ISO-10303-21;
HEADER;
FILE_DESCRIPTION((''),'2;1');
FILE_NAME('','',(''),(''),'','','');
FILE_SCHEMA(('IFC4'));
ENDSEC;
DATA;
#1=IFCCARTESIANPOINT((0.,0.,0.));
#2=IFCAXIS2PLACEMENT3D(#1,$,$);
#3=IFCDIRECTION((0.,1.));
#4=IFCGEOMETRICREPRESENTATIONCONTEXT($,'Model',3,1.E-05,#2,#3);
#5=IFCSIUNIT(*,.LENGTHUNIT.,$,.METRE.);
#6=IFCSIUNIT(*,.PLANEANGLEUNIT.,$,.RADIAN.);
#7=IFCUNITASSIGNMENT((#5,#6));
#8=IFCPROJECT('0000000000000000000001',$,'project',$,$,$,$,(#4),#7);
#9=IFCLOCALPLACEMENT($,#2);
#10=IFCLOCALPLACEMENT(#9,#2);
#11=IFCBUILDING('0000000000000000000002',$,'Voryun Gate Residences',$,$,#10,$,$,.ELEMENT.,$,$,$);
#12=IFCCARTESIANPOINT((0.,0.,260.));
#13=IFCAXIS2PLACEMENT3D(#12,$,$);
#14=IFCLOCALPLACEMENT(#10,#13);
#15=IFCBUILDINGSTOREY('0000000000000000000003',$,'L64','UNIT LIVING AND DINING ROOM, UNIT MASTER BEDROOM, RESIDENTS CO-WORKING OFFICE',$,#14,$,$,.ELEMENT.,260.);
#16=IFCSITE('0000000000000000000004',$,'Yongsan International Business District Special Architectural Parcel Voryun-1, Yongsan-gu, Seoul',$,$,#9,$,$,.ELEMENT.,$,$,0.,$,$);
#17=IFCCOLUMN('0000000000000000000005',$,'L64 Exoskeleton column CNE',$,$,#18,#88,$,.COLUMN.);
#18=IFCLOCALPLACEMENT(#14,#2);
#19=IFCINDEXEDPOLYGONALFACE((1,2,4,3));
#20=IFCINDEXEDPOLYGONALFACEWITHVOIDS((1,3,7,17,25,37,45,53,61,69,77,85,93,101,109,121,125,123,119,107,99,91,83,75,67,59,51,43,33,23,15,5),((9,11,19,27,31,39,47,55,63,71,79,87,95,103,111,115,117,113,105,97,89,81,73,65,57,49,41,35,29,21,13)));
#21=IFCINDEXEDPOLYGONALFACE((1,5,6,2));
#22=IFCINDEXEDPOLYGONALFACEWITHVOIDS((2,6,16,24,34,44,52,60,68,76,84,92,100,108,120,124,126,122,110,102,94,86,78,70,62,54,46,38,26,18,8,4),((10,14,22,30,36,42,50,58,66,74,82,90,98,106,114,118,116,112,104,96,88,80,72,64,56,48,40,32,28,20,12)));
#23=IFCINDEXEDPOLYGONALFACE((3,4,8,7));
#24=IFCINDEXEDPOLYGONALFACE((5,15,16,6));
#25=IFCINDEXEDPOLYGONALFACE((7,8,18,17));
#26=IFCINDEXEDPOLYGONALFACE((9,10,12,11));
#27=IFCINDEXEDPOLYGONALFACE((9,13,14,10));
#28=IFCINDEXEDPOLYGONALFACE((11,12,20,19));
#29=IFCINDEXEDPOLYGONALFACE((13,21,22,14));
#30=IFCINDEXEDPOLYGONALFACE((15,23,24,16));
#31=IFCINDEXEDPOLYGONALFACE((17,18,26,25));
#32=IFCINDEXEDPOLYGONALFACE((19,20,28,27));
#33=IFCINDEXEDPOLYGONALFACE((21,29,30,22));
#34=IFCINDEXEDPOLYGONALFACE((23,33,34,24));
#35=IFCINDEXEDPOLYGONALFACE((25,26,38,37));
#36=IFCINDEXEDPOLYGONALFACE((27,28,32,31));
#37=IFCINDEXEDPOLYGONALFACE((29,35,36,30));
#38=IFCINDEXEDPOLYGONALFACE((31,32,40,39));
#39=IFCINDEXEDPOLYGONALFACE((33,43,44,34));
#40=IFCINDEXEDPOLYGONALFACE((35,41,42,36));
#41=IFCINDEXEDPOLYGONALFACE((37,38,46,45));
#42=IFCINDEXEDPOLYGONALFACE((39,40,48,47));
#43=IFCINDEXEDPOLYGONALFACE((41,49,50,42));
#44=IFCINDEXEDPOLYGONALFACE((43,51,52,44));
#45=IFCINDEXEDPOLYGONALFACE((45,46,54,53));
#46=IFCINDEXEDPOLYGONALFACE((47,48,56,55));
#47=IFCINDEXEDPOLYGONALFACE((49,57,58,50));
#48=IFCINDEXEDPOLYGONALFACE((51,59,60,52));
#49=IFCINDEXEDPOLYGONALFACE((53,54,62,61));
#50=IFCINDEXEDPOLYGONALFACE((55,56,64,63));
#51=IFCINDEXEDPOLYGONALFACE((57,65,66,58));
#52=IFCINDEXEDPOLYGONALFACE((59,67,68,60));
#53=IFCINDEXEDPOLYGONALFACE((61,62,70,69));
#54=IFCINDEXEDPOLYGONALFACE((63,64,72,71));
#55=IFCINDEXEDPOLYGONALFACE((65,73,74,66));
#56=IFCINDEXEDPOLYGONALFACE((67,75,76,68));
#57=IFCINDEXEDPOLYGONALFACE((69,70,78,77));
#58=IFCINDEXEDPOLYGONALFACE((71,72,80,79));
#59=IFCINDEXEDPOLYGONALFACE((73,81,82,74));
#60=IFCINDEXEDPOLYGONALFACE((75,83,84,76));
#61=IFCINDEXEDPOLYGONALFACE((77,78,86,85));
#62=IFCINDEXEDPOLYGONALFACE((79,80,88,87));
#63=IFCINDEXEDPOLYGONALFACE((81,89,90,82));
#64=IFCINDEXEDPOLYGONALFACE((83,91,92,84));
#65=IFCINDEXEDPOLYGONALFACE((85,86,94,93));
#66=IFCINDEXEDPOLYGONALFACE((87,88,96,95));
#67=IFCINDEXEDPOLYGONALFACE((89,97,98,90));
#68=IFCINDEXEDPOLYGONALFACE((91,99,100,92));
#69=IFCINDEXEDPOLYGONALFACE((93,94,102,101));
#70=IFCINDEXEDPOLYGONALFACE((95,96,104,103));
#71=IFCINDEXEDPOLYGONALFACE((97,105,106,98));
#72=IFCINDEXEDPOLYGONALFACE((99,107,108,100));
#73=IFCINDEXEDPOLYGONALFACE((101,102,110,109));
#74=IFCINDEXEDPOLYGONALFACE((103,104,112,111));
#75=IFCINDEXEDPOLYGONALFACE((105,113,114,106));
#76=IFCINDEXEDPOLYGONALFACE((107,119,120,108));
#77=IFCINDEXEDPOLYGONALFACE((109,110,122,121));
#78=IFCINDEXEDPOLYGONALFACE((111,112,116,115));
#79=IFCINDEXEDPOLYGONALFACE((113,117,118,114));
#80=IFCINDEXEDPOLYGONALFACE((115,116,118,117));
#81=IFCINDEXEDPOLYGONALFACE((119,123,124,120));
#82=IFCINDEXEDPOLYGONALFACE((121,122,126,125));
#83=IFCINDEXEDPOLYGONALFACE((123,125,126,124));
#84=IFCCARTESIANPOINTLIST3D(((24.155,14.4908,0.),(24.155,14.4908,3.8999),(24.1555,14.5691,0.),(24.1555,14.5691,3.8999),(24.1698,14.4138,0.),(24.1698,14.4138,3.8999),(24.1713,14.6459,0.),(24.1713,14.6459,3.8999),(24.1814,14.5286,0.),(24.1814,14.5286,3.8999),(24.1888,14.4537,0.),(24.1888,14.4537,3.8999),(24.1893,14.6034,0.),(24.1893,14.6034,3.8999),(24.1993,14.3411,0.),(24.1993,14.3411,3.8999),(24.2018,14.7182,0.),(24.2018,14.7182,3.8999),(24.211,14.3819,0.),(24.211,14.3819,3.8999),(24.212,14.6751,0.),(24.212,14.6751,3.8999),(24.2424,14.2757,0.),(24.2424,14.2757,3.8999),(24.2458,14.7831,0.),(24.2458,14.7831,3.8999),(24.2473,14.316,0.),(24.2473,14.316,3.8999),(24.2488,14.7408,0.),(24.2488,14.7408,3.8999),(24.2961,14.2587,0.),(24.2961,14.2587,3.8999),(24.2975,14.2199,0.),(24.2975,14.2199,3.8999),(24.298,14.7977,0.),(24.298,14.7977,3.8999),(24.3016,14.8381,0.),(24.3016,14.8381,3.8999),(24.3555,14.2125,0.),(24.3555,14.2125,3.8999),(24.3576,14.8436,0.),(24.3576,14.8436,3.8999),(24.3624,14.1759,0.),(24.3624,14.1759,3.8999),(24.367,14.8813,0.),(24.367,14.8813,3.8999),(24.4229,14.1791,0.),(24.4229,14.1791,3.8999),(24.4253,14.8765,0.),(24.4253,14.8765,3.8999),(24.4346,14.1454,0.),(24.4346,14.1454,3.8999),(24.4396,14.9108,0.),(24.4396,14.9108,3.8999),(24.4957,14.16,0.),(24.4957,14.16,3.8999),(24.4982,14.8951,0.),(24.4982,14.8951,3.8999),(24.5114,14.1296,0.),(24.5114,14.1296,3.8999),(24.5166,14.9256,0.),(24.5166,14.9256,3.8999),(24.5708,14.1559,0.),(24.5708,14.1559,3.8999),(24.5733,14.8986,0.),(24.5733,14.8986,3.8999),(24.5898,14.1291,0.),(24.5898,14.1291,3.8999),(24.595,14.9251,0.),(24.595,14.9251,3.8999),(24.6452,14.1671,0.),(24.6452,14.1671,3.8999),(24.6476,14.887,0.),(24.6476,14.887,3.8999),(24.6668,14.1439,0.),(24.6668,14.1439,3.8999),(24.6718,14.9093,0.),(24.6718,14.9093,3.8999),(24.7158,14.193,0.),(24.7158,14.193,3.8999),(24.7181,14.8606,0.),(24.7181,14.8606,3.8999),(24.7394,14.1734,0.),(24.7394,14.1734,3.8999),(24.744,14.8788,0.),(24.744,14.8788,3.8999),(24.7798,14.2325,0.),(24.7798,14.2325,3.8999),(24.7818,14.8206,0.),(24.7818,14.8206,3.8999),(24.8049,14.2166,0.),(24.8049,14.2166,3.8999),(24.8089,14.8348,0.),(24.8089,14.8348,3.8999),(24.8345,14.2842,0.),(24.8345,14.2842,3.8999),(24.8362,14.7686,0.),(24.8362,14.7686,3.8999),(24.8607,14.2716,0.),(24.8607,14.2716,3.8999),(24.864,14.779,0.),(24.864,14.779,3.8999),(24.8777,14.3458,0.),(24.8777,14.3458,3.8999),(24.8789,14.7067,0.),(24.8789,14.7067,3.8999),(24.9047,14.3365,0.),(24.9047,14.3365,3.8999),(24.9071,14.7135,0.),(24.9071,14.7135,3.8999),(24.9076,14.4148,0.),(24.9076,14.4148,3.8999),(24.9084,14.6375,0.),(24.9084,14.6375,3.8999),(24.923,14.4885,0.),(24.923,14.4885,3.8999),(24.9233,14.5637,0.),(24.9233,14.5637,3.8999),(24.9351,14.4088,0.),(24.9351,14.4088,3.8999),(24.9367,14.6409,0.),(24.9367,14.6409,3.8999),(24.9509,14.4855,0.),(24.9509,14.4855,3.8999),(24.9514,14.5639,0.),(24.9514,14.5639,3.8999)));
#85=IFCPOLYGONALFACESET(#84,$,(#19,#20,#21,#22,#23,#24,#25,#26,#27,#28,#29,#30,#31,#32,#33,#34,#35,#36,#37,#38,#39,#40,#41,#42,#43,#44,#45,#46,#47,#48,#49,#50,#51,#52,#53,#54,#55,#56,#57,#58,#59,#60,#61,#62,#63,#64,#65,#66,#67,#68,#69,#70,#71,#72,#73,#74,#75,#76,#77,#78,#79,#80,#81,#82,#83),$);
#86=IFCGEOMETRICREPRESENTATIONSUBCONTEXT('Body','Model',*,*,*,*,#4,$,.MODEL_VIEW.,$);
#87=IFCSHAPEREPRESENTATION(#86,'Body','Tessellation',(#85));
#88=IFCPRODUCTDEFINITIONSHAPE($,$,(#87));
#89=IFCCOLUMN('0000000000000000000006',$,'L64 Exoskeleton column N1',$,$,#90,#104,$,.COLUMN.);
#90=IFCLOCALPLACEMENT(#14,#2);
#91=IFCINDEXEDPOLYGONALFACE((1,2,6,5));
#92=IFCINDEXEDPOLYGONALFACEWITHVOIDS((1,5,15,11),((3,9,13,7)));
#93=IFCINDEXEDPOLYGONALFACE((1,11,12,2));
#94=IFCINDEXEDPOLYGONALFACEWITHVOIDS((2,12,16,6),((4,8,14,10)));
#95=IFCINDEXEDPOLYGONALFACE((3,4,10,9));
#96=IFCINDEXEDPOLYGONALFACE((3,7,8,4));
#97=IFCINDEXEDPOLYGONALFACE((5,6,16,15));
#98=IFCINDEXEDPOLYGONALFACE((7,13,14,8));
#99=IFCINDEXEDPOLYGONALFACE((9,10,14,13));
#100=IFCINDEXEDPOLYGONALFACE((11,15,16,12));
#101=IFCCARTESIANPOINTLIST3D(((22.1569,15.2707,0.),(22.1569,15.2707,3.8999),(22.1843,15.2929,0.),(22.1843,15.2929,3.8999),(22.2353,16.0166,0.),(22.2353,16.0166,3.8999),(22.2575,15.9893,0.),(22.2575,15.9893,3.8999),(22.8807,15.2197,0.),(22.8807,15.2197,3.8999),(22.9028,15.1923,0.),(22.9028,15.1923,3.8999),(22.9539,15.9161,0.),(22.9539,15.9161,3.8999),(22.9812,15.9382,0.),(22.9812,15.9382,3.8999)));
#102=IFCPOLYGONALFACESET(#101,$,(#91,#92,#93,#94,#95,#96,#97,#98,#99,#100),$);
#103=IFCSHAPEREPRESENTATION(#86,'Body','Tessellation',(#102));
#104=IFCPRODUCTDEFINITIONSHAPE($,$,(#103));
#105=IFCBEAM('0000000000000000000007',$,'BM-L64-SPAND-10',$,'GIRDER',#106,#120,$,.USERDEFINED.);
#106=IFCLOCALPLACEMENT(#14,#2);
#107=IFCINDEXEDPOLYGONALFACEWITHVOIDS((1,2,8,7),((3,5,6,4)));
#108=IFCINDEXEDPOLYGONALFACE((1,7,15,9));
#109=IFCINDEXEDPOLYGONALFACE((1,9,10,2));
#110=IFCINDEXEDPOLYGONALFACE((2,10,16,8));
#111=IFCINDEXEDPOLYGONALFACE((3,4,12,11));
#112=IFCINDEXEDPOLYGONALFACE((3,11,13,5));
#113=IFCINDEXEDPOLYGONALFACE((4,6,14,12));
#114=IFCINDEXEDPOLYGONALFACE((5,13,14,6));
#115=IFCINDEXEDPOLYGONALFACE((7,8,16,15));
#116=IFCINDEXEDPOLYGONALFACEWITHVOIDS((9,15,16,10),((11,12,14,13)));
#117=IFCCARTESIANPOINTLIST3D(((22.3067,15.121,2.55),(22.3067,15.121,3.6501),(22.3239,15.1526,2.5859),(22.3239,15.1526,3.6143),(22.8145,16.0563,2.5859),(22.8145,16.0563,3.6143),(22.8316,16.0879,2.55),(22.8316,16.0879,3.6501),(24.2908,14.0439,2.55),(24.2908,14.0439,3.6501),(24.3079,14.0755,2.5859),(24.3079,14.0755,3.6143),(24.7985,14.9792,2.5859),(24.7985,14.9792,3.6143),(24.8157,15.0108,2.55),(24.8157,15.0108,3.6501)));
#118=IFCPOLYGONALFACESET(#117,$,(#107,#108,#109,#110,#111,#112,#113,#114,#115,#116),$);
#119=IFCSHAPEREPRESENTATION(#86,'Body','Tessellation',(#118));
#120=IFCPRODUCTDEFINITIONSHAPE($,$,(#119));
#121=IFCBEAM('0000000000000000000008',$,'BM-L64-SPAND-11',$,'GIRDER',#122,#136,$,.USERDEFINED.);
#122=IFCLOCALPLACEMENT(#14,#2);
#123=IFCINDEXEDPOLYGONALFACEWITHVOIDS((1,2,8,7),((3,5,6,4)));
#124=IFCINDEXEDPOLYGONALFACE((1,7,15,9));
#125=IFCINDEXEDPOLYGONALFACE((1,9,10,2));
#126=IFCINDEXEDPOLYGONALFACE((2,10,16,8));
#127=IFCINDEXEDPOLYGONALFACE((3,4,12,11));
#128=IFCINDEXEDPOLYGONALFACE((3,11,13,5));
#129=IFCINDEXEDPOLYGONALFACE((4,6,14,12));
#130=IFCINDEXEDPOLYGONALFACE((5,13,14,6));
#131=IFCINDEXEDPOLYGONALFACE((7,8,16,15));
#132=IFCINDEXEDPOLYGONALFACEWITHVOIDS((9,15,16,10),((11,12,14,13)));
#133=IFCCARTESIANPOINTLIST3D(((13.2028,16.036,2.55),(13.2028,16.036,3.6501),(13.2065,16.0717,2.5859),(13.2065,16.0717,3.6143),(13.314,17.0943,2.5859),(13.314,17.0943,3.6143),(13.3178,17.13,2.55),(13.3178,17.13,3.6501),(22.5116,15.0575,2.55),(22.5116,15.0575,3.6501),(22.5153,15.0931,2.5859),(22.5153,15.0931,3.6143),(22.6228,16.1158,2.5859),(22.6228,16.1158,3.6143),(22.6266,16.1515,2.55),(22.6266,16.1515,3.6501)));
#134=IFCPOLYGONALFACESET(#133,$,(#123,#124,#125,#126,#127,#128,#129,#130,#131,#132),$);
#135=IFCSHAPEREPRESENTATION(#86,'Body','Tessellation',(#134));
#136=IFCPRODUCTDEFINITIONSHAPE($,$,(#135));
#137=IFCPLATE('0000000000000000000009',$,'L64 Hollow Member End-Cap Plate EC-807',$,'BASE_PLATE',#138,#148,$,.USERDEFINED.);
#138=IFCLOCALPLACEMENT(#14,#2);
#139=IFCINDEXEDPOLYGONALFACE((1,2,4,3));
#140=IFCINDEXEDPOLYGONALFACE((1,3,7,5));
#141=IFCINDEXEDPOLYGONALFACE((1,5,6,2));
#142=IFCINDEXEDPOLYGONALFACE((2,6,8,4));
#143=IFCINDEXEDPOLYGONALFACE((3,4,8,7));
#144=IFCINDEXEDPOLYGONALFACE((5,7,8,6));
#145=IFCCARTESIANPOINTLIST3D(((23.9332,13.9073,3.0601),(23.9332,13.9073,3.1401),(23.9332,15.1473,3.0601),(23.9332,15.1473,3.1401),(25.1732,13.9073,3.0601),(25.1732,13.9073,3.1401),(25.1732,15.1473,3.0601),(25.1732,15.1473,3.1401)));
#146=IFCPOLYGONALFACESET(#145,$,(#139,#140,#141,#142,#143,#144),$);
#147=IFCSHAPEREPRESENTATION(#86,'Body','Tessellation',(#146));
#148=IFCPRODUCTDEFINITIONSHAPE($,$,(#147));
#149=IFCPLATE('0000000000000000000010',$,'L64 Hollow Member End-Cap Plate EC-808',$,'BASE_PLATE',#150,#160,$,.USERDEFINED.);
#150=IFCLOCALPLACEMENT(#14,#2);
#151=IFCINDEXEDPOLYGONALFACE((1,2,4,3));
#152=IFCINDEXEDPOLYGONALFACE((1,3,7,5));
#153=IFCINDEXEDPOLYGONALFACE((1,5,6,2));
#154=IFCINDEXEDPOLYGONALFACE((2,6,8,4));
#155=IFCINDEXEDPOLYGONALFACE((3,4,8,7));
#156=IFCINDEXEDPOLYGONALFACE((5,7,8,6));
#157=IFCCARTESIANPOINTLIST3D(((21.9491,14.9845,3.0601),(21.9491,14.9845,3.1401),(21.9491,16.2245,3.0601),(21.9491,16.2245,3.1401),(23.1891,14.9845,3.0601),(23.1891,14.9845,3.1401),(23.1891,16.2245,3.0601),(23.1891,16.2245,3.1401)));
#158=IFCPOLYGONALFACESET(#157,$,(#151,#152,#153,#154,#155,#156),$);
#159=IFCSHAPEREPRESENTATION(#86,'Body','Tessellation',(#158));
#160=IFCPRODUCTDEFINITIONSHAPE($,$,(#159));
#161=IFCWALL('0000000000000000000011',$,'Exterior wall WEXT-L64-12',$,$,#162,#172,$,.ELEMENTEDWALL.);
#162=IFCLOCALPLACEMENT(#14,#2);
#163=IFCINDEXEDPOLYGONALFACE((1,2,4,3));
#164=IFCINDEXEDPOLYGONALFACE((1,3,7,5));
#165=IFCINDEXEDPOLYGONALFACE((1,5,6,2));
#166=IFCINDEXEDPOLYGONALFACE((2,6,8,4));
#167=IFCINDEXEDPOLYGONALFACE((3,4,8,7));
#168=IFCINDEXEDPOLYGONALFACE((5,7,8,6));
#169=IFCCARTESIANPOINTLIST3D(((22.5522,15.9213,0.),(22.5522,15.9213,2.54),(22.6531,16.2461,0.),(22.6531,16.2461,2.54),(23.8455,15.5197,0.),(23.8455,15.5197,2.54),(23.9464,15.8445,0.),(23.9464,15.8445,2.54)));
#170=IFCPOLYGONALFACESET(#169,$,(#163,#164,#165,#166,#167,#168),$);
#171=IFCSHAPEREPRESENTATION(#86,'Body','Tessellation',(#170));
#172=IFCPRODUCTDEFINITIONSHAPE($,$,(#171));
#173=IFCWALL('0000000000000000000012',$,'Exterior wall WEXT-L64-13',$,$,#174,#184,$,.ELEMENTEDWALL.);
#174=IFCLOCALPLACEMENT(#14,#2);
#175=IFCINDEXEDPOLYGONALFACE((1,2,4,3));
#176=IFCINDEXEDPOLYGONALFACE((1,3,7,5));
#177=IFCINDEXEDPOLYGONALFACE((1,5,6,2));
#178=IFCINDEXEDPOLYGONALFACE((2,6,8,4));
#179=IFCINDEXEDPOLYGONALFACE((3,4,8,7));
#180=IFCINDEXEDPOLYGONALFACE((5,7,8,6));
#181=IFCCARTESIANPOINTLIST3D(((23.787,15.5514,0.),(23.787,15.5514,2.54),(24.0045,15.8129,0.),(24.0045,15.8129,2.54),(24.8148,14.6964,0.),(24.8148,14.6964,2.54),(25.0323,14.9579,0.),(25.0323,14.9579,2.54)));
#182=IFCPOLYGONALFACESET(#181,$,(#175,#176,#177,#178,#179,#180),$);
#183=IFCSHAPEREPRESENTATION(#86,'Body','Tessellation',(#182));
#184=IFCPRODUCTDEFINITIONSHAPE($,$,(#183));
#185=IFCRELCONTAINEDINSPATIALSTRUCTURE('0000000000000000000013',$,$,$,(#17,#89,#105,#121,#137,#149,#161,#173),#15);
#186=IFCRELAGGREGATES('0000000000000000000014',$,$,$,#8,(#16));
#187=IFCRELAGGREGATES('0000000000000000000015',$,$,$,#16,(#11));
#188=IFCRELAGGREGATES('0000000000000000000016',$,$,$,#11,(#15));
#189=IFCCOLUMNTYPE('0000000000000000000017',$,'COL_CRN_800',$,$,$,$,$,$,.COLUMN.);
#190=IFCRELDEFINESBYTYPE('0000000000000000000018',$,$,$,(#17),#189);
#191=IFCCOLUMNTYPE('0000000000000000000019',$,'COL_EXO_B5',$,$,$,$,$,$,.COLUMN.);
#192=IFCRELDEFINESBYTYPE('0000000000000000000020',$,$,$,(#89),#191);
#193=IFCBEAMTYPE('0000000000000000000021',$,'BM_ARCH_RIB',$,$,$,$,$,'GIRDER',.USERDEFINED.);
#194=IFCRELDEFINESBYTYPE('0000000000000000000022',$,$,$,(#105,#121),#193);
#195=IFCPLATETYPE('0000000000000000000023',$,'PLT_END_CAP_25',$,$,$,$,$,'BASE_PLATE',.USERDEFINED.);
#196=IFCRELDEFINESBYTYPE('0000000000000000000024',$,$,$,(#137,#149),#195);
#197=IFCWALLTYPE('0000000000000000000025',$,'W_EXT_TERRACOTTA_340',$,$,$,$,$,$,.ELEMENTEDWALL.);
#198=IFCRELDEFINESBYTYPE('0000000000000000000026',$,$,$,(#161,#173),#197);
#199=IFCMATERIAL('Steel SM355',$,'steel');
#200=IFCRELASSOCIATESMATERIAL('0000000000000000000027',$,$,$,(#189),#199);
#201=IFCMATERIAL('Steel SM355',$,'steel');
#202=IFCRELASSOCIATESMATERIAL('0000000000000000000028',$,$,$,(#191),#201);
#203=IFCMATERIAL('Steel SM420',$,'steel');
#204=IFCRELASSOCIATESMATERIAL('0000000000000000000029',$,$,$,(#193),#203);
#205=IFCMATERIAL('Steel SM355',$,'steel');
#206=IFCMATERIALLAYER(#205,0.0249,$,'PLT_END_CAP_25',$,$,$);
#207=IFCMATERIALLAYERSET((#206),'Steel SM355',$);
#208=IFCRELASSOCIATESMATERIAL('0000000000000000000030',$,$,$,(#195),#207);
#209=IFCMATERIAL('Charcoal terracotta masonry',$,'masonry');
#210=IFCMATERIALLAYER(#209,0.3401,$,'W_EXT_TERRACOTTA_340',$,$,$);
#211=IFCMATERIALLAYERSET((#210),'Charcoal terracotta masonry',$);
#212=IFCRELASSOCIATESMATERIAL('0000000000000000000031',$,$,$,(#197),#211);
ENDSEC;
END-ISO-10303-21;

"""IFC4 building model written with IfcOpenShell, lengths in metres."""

from ifc_helpers import new_model, si_unit, direction, frame, frame_2d, origin, origin_2d, place, context, subcontext, project, spatial, rectangle, hollow_rectangle, hollow_circle, extrude, material, layer, layer_set, material_profile, profile_set, type_object, element, save


model = new_model("IFC4")

# Units and contexts
model_context = context("Model", 3, precision=1e-05, world=origin(), true_north=direction((0.0, 1.0)))
body_context = subcontext(model_context, "Body", "Model", "MODEL_VIEW")
ifc_project = project(units=[si_unit("LENGTHUNIT", "METRE"), si_unit("PLANEANGLEUNIT", "RADIAN")], contexts=[model_context])

# Site, building, storey
site_placement = place(None, origin())
site = spatial("IfcSite", under=ifc_project, at=site_placement, Name="Yongsan International Business District Special Architectural Parcel Voryun-1, Yongsan-gu, Seoul", CompositionType="ELEMENT", RefElevation=0.0)
building_placement = place(site_placement, origin())
building = spatial("IfcBuilding", under=site, at=building_placement, Name="Voryun Gate Residences", CompositionType="ELEMENT")
storey_placement = place(building_placement, frame((0.0, 0.0, 260.0)))
storey = spatial("IfcBuildingStorey", under=building, at=storey_placement, Name="L64", Description="UNIT LIVING AND DINING ROOM, UNIT MASTER BEDROOM, RESIDENTS CO-WORKING OFFICE", CompositionType="ELEMENT", Elevation=260.0)

# Columns
ifc_material_1 = material(Name="Steel SM355", Category="steel")
ifc_material_profile_1 = material_profile(ifc_material_1, hollow_circle(Radius=0.3999, WallThickness=0.0281, at=origin_2d()), Name="CHS-800x28")
ifc_profile_set_1 = profile_set([ifc_material_profile_1], Name="Steel SM355")
column_type_1 = type_object("IfcColumnType", Name="COL_CRN_800", PredefinedType="COLUMN", material=ifc_profile_set_1)
column_1_placement = place(storey_placement, frame((24.5532, 14.5273, 0.0), z_axis=(0.0, 0.0, 1.0), x_axis=(0.994522, -0.104528, 0.0)))
element("IfcColumn", 1, at=column_1_placement, inside=storey, type_object=column_type_1, Name="L64 Exoskeleton column CNE", PredefinedType="COLUMN", context=body_context, shape_type="SweptSolid", body=[
    extrude(hollow_circle(Radius=0.3999, WallThickness=0.0281, at=origin_2d()), origin(), (0.0, 0.0, 1.0), 3.8999),
])
ifc_material_2 = material(Name="Steel SM355", Category="steel")
ifc_material_profile_2 = material_profile(ifc_material_2, hollow_rectangle(XDim=0.75, YDim=0.75, WallThickness=0.0249, at=origin_2d()), Name="BOX-750x750x25")
ifc_profile_set_2 = profile_set([ifc_material_profile_2], Name="Steel SM355")
column_type_2 = type_object("IfcColumnType", Name="COL_EXO_B5", PredefinedType="COLUMN", material=ifc_profile_set_2)
column_2_placement = place(storey_placement, frame((22.5691, 15.6045, 0.0), z_axis=(0.0, 0.0, 1.0), x_axis=(0.994522, -0.104528, 0.0)))
element("IfcColumn", 2, at=column_2_placement, inside=storey, type_object=column_type_2, Name="L64 Exoskeleton column N1", PredefinedType="COLUMN", context=body_context, shape_type="SweptSolid", body=[
    extrude(hollow_rectangle(XDim=0.75, YDim=0.75, WallThickness=0.0249, at=origin_2d()), origin(), (0.0, 0.0, 1.0), 3.8999),
])

# Beams
ifc_material_3 = material(Name="Steel SM420", Category="steel")
ifc_material_profile_3 = material_profile(ifc_material_3, hollow_rectangle(XDim=1.1001, YDim=1.1001, WallThickness=0.0359, at=origin_2d()), Name="BOX-1100x1100x36")
ifc_profile_set_3 = profile_set([ifc_material_profile_3], Name="Steel SM420")
beam_type = type_object("IfcBeamType", Name="BM_ARCH_RIB", ElementType="GIRDER", PredefinedType="USERDEFINED", material=ifc_profile_set_3)
beam_1_placement = place(storey_placement, frame((24.5532, 14.5273, 3.1001), z_axis=(-0.878844, 0.477109, 0.0), x_axis=(-0.477109, -0.878844, 0.0)))
element("IfcBeam", 3, at=beam_1_placement, inside=storey, type_object=beam_type, Name="BM-L64-SPAND-10", ObjectType="GIRDER", PredefinedType="USERDEFINED", context=body_context, shape_type="SweptSolid", body=[
    extrude(hollow_rectangle(XDim=1.1001, YDim=1.1001, WallThickness=0.0359, at=origin_2d()), origin(), (0.0, 0.0, 1.0), 2.2576),
])
beam_2_placement = place(storey_placement, frame((22.5691, 15.6045, 3.1001), z_axis=(-0.994521, 0.104541, 0.0), x_axis=(-0.104541, -0.994521, 0.0)))
element("IfcBeam", 4, at=beam_2_placement, inside=storey, type_object=beam_type, Name="BM-L64-SPAND-11", ObjectType="GIRDER", PredefinedType="USERDEFINED", context=body_context, shape_type="SweptSolid", body=[
    extrude(hollow_rectangle(XDim=1.1001, YDim=1.1001, WallThickness=0.0359, at=origin_2d()), origin(), (0.0, 0.0, 1.0), 9.3601),
])

# Plates
ifc_material_4 = material(Name="Steel SM355", Category="steel")
ifc_layer_1 = layer(ifc_material_4, 0.0249, Name="PLT_END_CAP_25")
ifc_layer_set_1 = layer_set([ifc_layer_1], Name="Steel SM355")
plate_type = type_object("IfcPlateType", Name="PLT_END_CAP_25", ElementType="BASE_PLATE", PredefinedType="USERDEFINED", material=ifc_layer_set_1)
for number, where, z_axis, x_axis, name in (
    (5, (24.5532, 14.5273, 3.0601), (0.0, 0.0, 1.0), (1.0, 0.0, 0.0), "L64 Hollow Member End-Cap Plate EC-807"),
    (6, (22.5691, 15.6045, 3.0601), (0.0, 0.0, 1.0), (1.0, 0.0, 0.0), "L64 Hollow Member End-Cap Plate EC-808"),
):
    element("IfcPlate", number, at=place(storey_placement, frame(where, z_axis=z_axis, x_axis=x_axis)), inside=storey, type_object=plate_type, Name=name, ObjectType="BASE_PLATE", PredefinedType="USERDEFINED", context=body_context, shape_type="SweptSolid", body=[
        extrude(rectangle(XDim=1.24, YDim=1.24, at=origin_2d()), origin(), (0.0, 0.0, 1.0), 0.0801),
    ])

# Walls
ifc_material_5 = material(Name="Charcoal terracotta masonry", Category="masonry")
ifc_layer_2 = layer(ifc_material_5, 0.3401, Name="W_EXT_TERRACOTTA_340")
ifc_layer_set_2 = layer_set([ifc_layer_2], Name="Charcoal terracotta masonry")
wall_type_1 = type_object("IfcWallType", Name="W_EXT_TERRACOTTA_340", PredefinedType="ELEMENTEDWALL", material=ifc_layer_set_2)
wall_1_placement = place(storey_placement, frame((22.6025, 16.0837, 0.0), z_axis=(0.0, 0.0, 1.0), x_axis=(0.955008, -0.296581, 0.0)))
element("IfcWall", 7, at=wall_1_placement, inside=storey, type_object=wall_type_1, Name="Exterior wall WEXT-L64-12", PredefinedType="ELEMENTEDWALL", context=body_context, shape_type="SweptSolid", body=[
    extrude(rectangle(XDim=1.3542, YDim=0.3401, at=frame_2d((0.6772, 0.0))), origin(), (0.0, 0.0, 1.0), 2.54),
])
wall_2_placement = place(storey_placement, frame((23.8958, 15.6821, 0.0), z_axis=(0.0, 0.0, 1.0), x_axis=(0.76879, -0.639502, 0.0)))
element("IfcWall", 8, at=wall_2_placement, inside=storey, type_object=wall_type_1, Name="Exterior wall WEXT-L64-13", PredefinedType="ELEMENTEDWALL", context=body_context, shape_type="SweptSolid", body=[
    extrude(rectangle(XDim=1.3369, YDim=0.3401, at=frame_2d((0.6685, 0.0))), origin(), (0.0, 0.0, 1.0), 2.54),
])

save(model, "model.ifc")
